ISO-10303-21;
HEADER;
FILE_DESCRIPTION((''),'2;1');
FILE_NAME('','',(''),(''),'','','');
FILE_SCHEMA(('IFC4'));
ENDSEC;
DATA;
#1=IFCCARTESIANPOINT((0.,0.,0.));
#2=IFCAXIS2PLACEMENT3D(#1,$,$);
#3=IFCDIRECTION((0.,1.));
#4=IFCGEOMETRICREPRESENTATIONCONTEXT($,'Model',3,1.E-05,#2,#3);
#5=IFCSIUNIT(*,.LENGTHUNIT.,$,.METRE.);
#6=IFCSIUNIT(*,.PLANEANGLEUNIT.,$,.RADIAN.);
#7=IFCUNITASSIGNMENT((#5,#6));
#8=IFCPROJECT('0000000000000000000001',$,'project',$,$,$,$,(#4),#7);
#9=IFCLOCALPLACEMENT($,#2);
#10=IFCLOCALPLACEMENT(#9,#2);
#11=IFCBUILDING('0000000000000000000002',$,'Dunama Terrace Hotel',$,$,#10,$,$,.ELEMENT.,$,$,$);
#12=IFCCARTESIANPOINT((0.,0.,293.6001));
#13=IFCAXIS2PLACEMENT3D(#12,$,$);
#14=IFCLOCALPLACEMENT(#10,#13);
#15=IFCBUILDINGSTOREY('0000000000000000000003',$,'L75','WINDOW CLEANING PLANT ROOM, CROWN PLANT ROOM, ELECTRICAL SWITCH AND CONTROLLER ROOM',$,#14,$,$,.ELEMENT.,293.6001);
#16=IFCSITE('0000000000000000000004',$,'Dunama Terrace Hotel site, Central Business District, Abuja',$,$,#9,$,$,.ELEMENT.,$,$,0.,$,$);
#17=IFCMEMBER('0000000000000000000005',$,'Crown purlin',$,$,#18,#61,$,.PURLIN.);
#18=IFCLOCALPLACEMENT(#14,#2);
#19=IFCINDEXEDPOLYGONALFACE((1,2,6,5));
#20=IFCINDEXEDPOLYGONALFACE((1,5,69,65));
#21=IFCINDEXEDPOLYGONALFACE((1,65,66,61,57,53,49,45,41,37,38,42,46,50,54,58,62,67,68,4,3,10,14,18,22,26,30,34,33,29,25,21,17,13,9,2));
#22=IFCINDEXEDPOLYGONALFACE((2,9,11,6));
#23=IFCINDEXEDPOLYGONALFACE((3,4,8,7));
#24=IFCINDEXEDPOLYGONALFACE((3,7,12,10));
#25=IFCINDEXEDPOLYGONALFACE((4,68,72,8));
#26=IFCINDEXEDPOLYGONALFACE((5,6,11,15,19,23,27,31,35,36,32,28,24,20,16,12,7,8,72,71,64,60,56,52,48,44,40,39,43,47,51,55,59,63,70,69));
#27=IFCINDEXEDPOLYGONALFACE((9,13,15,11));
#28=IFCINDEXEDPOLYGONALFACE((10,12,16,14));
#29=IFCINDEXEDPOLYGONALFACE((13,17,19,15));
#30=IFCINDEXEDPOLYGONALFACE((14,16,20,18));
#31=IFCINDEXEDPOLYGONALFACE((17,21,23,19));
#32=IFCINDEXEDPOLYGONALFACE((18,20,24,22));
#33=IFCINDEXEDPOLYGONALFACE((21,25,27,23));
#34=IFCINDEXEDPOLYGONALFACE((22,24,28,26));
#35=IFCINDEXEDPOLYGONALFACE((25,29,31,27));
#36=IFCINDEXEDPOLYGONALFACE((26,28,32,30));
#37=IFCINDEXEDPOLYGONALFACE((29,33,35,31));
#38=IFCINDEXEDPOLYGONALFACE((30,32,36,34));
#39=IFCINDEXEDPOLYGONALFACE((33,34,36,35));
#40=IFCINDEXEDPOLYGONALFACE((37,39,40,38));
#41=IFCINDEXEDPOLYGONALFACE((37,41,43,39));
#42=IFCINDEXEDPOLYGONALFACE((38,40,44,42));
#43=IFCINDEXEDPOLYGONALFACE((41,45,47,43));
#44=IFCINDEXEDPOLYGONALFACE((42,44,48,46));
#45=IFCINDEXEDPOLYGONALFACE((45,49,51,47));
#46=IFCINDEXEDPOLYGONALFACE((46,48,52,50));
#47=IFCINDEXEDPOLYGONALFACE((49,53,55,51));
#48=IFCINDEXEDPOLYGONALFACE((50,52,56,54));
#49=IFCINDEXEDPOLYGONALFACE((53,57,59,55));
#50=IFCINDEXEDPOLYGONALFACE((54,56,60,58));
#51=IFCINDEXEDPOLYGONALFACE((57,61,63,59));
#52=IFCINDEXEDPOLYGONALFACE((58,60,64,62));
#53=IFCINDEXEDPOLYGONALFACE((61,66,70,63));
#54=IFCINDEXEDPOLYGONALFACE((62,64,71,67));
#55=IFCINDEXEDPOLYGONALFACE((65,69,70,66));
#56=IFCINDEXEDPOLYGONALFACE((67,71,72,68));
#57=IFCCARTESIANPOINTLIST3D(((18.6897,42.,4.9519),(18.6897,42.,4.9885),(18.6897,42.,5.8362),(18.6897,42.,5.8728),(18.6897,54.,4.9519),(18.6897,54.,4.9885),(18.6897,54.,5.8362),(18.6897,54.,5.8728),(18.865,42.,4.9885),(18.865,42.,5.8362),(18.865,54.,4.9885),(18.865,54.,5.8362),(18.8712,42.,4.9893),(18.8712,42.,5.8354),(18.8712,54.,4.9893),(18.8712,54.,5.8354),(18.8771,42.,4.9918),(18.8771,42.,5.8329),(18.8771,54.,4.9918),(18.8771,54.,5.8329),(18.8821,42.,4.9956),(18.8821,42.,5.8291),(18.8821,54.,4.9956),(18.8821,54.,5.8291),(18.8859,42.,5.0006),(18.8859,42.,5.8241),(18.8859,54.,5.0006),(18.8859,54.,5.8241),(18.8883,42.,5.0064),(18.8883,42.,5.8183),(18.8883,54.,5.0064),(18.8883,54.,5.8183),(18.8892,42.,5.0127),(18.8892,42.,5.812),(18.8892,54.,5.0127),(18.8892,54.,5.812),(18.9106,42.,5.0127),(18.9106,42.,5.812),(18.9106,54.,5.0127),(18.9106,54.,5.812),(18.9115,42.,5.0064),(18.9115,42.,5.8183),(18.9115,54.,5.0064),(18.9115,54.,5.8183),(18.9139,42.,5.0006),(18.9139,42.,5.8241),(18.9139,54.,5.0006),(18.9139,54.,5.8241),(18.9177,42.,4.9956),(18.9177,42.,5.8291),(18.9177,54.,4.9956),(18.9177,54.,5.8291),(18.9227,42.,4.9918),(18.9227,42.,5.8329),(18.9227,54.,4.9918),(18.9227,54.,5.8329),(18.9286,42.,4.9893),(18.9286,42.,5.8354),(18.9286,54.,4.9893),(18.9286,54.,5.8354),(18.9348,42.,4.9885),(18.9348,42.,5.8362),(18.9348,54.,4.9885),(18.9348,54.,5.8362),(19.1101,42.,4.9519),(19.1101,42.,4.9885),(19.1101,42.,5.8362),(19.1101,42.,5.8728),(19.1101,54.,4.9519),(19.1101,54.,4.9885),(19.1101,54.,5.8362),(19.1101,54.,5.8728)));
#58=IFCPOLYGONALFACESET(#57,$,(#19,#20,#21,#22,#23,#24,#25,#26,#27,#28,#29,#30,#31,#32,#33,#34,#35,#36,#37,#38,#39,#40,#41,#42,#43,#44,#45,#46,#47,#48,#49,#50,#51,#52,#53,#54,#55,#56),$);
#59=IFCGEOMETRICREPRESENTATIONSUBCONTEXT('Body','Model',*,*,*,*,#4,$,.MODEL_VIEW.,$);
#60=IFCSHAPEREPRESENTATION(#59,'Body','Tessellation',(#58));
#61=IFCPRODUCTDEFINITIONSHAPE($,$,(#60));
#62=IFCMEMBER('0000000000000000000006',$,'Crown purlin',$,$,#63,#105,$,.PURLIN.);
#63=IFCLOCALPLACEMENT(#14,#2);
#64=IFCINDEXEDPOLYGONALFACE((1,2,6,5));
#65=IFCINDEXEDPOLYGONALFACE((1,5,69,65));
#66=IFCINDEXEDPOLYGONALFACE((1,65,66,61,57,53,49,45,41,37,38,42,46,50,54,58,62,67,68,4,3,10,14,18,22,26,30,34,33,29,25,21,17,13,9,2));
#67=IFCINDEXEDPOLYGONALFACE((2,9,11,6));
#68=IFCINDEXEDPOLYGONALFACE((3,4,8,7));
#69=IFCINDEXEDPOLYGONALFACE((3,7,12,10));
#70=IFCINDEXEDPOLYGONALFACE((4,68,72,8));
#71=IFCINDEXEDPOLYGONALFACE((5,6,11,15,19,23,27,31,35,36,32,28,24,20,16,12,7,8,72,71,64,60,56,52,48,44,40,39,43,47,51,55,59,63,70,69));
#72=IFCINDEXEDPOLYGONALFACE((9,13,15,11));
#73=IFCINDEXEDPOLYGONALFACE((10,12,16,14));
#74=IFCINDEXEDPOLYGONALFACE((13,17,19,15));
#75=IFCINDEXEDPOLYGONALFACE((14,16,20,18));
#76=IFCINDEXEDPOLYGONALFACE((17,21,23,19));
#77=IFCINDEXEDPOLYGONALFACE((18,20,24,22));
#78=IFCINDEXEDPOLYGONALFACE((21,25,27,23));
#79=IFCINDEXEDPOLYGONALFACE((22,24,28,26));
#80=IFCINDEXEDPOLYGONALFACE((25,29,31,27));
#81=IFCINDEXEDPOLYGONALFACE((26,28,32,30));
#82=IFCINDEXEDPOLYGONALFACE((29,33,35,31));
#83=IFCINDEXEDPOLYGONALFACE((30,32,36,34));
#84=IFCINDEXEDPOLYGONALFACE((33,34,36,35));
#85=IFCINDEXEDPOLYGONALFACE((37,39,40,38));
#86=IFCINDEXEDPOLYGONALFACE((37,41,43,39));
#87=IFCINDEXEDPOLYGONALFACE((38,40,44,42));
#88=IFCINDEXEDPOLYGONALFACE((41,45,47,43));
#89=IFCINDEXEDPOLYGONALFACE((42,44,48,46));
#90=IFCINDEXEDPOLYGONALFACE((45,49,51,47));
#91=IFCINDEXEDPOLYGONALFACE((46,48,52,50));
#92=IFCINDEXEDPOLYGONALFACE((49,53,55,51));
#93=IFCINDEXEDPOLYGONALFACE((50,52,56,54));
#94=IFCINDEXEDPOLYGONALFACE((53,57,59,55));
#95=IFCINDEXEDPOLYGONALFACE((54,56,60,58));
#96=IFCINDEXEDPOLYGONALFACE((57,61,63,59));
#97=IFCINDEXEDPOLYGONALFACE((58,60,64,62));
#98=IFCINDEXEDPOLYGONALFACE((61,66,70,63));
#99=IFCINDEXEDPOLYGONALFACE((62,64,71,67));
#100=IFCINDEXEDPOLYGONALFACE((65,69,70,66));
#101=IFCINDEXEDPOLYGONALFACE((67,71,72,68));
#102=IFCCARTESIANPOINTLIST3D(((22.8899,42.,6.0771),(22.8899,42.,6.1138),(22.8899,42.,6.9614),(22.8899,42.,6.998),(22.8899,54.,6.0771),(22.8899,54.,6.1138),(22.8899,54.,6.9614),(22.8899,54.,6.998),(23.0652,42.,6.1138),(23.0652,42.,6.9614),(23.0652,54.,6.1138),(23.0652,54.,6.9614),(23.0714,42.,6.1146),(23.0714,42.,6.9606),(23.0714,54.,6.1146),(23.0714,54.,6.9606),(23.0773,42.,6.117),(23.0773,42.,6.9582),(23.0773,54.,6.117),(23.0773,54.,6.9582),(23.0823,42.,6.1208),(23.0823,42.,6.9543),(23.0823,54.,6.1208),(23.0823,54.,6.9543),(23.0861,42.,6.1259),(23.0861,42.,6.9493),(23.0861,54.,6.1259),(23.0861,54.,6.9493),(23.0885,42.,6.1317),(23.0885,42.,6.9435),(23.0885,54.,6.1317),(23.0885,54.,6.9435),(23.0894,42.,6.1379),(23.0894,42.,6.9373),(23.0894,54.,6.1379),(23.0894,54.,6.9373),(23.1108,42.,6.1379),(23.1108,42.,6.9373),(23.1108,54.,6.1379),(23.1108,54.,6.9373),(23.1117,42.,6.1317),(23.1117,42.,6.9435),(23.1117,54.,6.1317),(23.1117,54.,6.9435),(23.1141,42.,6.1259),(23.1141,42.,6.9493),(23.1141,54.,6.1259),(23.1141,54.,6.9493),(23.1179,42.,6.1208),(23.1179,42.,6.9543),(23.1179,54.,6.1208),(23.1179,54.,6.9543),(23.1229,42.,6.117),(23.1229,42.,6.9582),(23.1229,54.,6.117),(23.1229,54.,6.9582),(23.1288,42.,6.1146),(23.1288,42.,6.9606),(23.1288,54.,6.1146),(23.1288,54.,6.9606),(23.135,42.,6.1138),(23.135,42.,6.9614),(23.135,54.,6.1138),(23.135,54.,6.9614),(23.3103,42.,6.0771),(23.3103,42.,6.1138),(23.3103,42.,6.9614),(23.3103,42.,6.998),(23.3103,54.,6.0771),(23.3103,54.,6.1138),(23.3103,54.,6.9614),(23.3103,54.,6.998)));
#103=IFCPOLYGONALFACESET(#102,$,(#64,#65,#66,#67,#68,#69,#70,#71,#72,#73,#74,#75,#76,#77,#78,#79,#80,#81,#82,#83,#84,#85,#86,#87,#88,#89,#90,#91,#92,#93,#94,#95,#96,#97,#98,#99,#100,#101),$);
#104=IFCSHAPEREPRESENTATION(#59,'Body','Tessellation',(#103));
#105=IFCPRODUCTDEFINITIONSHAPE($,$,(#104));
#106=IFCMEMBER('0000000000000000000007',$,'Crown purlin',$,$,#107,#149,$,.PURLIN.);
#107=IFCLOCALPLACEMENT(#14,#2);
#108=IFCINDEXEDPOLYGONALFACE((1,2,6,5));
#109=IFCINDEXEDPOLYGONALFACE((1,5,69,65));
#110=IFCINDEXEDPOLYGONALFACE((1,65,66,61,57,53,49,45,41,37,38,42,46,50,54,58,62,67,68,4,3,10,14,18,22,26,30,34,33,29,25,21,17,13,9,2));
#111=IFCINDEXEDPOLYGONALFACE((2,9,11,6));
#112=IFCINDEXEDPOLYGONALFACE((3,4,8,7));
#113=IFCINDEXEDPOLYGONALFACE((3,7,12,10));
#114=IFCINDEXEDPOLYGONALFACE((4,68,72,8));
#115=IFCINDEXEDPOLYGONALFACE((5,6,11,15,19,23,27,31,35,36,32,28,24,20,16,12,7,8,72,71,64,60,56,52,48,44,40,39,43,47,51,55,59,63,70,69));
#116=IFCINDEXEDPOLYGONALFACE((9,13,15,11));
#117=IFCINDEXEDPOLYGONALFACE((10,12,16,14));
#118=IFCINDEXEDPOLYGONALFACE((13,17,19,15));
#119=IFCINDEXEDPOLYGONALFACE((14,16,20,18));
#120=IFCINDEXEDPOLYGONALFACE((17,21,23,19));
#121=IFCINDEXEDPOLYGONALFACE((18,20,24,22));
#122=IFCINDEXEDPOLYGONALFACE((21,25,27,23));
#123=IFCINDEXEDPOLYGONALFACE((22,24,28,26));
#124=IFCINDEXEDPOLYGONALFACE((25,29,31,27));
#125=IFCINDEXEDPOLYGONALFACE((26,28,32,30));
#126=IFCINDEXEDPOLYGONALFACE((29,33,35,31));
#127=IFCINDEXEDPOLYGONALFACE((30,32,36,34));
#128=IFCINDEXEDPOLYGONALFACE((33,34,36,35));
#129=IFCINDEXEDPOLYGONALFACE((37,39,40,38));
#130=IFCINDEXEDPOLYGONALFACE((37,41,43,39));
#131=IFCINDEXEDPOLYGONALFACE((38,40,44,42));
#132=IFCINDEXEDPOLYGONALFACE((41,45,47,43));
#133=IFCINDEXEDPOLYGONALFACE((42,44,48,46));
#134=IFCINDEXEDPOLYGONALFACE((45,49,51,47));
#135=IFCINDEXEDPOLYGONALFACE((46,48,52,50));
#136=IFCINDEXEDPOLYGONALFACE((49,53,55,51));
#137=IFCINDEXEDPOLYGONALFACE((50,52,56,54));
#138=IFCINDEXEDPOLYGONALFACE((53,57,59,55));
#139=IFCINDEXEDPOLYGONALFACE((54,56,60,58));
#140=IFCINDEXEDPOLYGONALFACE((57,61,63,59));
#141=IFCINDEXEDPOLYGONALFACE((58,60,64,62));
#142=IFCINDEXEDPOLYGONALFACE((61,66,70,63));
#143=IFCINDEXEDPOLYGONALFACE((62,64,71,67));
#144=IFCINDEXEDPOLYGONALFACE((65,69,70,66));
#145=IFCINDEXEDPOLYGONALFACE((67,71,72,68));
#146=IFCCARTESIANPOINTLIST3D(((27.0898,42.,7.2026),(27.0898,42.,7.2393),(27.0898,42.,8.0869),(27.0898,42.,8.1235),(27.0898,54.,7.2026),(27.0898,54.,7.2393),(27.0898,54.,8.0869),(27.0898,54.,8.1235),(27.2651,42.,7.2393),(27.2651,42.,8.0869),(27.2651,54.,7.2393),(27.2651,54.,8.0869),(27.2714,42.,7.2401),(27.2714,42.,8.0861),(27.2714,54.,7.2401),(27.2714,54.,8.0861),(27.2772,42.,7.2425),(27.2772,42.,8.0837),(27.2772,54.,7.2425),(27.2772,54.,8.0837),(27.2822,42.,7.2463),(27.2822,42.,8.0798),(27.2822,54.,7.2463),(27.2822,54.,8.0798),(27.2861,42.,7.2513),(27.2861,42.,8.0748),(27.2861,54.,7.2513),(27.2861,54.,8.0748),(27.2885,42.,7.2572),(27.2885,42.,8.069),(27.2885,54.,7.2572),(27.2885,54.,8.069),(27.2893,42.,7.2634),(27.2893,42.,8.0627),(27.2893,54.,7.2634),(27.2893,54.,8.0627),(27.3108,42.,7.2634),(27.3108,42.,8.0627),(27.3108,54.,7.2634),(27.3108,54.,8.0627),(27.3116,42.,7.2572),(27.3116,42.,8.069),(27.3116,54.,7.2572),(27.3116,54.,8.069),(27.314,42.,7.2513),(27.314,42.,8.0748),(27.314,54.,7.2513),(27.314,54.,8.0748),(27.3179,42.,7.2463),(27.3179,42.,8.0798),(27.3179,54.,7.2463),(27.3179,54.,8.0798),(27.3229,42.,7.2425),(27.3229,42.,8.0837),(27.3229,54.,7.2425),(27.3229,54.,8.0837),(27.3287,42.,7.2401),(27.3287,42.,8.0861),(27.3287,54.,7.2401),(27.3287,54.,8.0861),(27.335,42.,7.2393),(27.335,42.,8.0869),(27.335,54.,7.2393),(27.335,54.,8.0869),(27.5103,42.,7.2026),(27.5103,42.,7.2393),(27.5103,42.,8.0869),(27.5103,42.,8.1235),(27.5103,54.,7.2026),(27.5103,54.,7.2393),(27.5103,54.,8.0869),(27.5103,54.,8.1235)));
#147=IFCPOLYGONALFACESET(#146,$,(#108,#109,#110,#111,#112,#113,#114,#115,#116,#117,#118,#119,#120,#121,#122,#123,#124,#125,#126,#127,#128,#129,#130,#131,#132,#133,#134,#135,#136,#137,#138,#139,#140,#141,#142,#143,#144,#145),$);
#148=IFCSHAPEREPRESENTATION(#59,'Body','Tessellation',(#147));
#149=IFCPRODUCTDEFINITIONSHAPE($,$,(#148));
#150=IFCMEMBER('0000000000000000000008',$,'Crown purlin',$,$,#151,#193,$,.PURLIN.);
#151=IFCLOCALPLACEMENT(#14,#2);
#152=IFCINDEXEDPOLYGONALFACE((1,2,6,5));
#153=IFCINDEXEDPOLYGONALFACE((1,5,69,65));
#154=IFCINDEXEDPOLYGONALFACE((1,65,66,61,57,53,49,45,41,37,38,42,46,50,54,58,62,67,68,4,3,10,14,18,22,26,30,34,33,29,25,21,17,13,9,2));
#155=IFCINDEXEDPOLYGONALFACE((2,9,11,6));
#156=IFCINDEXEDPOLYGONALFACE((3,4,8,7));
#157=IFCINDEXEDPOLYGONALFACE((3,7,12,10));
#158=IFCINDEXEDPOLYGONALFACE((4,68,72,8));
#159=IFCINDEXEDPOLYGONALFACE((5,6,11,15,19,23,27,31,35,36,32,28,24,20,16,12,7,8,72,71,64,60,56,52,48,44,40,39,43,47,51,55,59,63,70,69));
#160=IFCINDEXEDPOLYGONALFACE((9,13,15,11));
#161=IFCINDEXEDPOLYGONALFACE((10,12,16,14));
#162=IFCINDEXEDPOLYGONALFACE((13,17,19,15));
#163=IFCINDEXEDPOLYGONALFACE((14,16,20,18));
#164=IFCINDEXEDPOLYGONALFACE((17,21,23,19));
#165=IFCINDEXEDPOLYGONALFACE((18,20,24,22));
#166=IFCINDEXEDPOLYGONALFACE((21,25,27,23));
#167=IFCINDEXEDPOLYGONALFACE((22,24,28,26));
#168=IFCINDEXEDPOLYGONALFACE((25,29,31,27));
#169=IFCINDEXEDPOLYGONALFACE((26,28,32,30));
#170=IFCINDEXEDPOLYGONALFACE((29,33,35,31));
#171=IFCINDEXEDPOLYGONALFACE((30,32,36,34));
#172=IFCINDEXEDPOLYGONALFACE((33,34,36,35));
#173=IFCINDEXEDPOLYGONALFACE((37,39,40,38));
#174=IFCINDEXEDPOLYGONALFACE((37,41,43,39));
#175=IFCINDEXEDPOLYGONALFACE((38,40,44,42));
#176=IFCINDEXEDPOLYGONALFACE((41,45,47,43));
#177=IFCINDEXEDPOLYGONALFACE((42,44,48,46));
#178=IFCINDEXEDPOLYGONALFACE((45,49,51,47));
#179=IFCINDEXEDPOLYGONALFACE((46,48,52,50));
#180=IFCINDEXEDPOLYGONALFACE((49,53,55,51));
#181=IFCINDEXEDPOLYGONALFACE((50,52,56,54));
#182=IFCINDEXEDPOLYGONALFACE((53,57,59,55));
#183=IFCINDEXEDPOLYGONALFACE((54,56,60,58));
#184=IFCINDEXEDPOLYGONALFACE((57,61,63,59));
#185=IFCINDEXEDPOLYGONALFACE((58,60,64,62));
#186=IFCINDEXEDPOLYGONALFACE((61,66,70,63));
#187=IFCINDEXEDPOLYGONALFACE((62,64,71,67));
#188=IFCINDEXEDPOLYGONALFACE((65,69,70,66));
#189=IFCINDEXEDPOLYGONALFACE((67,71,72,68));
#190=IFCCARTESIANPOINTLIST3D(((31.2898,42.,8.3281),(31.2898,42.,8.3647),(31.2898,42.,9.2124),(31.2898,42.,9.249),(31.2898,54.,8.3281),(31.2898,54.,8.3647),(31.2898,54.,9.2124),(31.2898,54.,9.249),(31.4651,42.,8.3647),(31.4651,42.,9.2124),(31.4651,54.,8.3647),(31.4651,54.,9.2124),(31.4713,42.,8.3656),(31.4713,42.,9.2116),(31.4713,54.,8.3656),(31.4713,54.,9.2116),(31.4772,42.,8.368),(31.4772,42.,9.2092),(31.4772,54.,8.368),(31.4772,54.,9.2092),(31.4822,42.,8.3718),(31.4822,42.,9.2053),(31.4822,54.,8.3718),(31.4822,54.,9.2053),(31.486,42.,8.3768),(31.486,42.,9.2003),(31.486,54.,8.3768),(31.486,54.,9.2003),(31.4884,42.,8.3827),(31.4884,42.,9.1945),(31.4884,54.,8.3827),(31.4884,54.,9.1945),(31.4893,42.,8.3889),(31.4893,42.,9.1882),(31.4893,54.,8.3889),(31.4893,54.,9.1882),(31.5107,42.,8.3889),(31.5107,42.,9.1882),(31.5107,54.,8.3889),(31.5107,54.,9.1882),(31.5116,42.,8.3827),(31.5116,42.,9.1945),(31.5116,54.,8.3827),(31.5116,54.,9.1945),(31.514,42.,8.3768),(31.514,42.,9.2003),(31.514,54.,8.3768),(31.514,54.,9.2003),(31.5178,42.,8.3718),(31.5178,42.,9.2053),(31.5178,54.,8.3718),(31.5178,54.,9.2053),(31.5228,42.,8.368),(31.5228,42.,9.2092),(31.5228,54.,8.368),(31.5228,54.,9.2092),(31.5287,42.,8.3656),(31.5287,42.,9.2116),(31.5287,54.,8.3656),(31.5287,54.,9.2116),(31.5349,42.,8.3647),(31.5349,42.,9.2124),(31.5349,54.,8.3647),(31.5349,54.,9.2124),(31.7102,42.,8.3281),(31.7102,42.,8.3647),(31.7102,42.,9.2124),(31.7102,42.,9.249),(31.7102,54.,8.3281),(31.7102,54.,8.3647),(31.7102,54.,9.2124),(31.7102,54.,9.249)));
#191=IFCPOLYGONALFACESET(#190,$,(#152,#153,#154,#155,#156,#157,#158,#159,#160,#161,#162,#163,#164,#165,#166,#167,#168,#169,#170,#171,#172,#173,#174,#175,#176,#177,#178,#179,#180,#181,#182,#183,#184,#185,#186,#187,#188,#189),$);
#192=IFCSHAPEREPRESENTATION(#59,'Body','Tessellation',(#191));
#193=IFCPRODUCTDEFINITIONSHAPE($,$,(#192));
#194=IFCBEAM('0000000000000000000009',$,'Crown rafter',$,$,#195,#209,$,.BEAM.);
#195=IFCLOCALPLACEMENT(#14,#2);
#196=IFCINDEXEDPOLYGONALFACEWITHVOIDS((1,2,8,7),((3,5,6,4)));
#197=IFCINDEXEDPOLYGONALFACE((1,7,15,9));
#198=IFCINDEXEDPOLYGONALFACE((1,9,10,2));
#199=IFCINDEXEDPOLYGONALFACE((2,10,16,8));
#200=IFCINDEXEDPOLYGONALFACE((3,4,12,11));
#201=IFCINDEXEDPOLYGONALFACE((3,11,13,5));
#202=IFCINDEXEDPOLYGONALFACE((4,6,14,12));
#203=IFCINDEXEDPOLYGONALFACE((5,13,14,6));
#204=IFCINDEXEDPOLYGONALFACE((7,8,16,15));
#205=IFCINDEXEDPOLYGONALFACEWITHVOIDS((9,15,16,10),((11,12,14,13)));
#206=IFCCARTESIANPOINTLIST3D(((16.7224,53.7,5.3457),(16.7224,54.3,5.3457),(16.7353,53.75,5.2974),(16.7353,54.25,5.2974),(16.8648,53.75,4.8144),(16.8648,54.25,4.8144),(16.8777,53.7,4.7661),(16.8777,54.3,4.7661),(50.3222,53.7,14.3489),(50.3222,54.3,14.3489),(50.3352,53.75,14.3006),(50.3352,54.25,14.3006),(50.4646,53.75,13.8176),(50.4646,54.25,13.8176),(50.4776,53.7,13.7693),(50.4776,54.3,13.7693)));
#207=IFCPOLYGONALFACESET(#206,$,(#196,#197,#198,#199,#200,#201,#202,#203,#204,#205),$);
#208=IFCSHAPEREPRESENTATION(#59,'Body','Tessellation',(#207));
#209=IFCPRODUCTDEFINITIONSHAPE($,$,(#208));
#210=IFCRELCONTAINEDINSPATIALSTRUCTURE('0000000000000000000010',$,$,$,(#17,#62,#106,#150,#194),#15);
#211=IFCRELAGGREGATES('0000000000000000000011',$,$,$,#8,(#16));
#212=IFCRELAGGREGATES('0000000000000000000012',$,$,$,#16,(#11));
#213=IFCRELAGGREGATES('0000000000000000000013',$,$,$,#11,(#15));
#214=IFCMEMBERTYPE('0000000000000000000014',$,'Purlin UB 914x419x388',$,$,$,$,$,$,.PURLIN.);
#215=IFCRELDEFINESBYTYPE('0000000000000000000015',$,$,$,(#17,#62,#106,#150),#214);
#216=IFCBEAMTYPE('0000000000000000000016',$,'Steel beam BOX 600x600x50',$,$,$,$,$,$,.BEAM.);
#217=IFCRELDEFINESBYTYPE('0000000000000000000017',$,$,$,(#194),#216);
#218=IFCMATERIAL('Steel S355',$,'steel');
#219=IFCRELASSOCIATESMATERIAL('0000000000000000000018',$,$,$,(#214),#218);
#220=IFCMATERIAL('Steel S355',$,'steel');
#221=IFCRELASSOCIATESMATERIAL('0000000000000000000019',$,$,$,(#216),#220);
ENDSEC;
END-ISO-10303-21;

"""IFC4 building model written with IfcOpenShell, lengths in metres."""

from ifc_helpers import new_model, si_unit, direction, frame, origin, origin_2d, place, context, subcontext, project, spatial, hollow_rectangle, i_section, extrude, material, material_profile, profile_set, type_object, element, save


model = new_model("IFC4")

# Units and contexts
model_context = context("Model", 3, precision=1e-05, world=origin(), true_north=direction((0.0, 1.0)))
body_context = subcontext(model_context, "Body", "Model", "MODEL_VIEW")
ifc_project = project(units=[si_unit("LENGTHUNIT", "METRE"), si_unit("PLANEANGLEUNIT", "RADIAN")], contexts=[model_context])

# Site, building, storey
site_placement = place(None, origin())
site = spatial("IfcSite", under=ifc_project, at=site_placement, Name="Dunama Terrace Hotel site, Central Business District, Abuja", CompositionType="ELEMENT", RefElevation=0.0)
building_placement = place(site_placement, origin())
building = spatial("IfcBuilding", under=site, at=building_placement, Name="Dunama Terrace Hotel", CompositionType="ELEMENT")
storey_placement = place(building_placement, frame((0.0, 0.0, 293.6001)))
storey = spatial("IfcBuildingStorey", under=building, at=storey_placement, Name="L75", Description="WINDOW CLEANING PLANT ROOM, CROWN PLANT ROOM, ELECTRICAL SWITCH AND CONTROLLER ROOM", CompositionType="ELEMENT", Elevation=293.6001)

# Members
ifc_material_1 = material(Name="Steel S355", Category="steel")
ifc_material_profile_1 = material_profile(ifc_material_1, i_section(OverallWidth=0.4204, OverallDepth=0.9209, WebThickness=0.0215, FlangeThickness=0.0366, FilletRadius=0.0242, at=origin_2d()), Name="UB 914x419x388")
ifc_profile_set_1 = profile_set([ifc_material_profile_1], Name="Steel S355")
member_type_1 = type_object("IfcMemberType", Name="Purlin UB 914x419x388", PredefinedType="PURLIN", material=ifc_profile_set_1)
for number, where, z_axis, x_axis, name in (
    (1, (18.8999, 42.0, 5.4124), (0.0, 1.0, 0.0), (-1.0, 0.0, 0.0), "Crown purlin"),
    (2, (23.1001, 42.0, 6.5376), (0.0, 1.0, 0.0), (-1.0, 0.0, 0.0), "Crown purlin"),
    (3, (27.3, 42.0, 7.6631), (0.0, 1.0, 0.0), (-1.0, 0.0, 0.0), "Crown purlin"),
    (4, (31.5, 42.0, 8.7886), (0.0, 1.0, 0.0), (-1.0, 0.0, 0.0), "Crown purlin"),
):
    element("IfcMember", number, at=place(storey_placement, frame(where, z_axis=z_axis, x_axis=x_axis)), inside=storey, type_object=member_type_1, Name=name, PredefinedType="PURLIN", context=body_context, shape_type="SweptSolid", body=[
        extrude(i_section(OverallWidth=0.4204, OverallDepth=0.9209, WebThickness=0.0215, FlangeThickness=0.0366, FilletRadius=0.0242, at=origin_2d()), origin(), (0.0, 0.0, 1.0), 12.0),
    ])

# Beam
ifc_material_2 = material(Name="Steel S355", Category="steel")
ifc_material_profile_2 = material_profile(ifc_material_2, hollow_rectangle(XDim=0.6001, YDim=0.6001, WallThickness=0.05, at=origin_2d()), Name="BOX 600x600x50")
ifc_profile_set_2 = profile_set([ifc_material_profile_2], Name="Steel S355")
beam_type = type_object("IfcBeamType", Name="Steel beam BOX 600x600x50", PredefinedType="BEAM", material=ifc_profile_set_2)
beam_placement = place(storey_placement, frame((16.8, 54.0, 5.0559), z_axis=(0.965925, 0.0, 0.258822), x_axis=(0.0, 1.0, 0.0)))
element("IfcBeam", 5, at=beam_placement, inside=storey, type_object=beam_type, Name="Crown rafter", PredefinedType="BEAM", context=body_context, shape_type="SweptSolid", body=[
    extrude(hollow_rectangle(XDim=0.6001, YDim=0.6001, WallThickness=0.05, at=origin_2d()), origin(), (0.0, 0.0, 1.0), 34.7852),
])

save(model, "model.ifc")
